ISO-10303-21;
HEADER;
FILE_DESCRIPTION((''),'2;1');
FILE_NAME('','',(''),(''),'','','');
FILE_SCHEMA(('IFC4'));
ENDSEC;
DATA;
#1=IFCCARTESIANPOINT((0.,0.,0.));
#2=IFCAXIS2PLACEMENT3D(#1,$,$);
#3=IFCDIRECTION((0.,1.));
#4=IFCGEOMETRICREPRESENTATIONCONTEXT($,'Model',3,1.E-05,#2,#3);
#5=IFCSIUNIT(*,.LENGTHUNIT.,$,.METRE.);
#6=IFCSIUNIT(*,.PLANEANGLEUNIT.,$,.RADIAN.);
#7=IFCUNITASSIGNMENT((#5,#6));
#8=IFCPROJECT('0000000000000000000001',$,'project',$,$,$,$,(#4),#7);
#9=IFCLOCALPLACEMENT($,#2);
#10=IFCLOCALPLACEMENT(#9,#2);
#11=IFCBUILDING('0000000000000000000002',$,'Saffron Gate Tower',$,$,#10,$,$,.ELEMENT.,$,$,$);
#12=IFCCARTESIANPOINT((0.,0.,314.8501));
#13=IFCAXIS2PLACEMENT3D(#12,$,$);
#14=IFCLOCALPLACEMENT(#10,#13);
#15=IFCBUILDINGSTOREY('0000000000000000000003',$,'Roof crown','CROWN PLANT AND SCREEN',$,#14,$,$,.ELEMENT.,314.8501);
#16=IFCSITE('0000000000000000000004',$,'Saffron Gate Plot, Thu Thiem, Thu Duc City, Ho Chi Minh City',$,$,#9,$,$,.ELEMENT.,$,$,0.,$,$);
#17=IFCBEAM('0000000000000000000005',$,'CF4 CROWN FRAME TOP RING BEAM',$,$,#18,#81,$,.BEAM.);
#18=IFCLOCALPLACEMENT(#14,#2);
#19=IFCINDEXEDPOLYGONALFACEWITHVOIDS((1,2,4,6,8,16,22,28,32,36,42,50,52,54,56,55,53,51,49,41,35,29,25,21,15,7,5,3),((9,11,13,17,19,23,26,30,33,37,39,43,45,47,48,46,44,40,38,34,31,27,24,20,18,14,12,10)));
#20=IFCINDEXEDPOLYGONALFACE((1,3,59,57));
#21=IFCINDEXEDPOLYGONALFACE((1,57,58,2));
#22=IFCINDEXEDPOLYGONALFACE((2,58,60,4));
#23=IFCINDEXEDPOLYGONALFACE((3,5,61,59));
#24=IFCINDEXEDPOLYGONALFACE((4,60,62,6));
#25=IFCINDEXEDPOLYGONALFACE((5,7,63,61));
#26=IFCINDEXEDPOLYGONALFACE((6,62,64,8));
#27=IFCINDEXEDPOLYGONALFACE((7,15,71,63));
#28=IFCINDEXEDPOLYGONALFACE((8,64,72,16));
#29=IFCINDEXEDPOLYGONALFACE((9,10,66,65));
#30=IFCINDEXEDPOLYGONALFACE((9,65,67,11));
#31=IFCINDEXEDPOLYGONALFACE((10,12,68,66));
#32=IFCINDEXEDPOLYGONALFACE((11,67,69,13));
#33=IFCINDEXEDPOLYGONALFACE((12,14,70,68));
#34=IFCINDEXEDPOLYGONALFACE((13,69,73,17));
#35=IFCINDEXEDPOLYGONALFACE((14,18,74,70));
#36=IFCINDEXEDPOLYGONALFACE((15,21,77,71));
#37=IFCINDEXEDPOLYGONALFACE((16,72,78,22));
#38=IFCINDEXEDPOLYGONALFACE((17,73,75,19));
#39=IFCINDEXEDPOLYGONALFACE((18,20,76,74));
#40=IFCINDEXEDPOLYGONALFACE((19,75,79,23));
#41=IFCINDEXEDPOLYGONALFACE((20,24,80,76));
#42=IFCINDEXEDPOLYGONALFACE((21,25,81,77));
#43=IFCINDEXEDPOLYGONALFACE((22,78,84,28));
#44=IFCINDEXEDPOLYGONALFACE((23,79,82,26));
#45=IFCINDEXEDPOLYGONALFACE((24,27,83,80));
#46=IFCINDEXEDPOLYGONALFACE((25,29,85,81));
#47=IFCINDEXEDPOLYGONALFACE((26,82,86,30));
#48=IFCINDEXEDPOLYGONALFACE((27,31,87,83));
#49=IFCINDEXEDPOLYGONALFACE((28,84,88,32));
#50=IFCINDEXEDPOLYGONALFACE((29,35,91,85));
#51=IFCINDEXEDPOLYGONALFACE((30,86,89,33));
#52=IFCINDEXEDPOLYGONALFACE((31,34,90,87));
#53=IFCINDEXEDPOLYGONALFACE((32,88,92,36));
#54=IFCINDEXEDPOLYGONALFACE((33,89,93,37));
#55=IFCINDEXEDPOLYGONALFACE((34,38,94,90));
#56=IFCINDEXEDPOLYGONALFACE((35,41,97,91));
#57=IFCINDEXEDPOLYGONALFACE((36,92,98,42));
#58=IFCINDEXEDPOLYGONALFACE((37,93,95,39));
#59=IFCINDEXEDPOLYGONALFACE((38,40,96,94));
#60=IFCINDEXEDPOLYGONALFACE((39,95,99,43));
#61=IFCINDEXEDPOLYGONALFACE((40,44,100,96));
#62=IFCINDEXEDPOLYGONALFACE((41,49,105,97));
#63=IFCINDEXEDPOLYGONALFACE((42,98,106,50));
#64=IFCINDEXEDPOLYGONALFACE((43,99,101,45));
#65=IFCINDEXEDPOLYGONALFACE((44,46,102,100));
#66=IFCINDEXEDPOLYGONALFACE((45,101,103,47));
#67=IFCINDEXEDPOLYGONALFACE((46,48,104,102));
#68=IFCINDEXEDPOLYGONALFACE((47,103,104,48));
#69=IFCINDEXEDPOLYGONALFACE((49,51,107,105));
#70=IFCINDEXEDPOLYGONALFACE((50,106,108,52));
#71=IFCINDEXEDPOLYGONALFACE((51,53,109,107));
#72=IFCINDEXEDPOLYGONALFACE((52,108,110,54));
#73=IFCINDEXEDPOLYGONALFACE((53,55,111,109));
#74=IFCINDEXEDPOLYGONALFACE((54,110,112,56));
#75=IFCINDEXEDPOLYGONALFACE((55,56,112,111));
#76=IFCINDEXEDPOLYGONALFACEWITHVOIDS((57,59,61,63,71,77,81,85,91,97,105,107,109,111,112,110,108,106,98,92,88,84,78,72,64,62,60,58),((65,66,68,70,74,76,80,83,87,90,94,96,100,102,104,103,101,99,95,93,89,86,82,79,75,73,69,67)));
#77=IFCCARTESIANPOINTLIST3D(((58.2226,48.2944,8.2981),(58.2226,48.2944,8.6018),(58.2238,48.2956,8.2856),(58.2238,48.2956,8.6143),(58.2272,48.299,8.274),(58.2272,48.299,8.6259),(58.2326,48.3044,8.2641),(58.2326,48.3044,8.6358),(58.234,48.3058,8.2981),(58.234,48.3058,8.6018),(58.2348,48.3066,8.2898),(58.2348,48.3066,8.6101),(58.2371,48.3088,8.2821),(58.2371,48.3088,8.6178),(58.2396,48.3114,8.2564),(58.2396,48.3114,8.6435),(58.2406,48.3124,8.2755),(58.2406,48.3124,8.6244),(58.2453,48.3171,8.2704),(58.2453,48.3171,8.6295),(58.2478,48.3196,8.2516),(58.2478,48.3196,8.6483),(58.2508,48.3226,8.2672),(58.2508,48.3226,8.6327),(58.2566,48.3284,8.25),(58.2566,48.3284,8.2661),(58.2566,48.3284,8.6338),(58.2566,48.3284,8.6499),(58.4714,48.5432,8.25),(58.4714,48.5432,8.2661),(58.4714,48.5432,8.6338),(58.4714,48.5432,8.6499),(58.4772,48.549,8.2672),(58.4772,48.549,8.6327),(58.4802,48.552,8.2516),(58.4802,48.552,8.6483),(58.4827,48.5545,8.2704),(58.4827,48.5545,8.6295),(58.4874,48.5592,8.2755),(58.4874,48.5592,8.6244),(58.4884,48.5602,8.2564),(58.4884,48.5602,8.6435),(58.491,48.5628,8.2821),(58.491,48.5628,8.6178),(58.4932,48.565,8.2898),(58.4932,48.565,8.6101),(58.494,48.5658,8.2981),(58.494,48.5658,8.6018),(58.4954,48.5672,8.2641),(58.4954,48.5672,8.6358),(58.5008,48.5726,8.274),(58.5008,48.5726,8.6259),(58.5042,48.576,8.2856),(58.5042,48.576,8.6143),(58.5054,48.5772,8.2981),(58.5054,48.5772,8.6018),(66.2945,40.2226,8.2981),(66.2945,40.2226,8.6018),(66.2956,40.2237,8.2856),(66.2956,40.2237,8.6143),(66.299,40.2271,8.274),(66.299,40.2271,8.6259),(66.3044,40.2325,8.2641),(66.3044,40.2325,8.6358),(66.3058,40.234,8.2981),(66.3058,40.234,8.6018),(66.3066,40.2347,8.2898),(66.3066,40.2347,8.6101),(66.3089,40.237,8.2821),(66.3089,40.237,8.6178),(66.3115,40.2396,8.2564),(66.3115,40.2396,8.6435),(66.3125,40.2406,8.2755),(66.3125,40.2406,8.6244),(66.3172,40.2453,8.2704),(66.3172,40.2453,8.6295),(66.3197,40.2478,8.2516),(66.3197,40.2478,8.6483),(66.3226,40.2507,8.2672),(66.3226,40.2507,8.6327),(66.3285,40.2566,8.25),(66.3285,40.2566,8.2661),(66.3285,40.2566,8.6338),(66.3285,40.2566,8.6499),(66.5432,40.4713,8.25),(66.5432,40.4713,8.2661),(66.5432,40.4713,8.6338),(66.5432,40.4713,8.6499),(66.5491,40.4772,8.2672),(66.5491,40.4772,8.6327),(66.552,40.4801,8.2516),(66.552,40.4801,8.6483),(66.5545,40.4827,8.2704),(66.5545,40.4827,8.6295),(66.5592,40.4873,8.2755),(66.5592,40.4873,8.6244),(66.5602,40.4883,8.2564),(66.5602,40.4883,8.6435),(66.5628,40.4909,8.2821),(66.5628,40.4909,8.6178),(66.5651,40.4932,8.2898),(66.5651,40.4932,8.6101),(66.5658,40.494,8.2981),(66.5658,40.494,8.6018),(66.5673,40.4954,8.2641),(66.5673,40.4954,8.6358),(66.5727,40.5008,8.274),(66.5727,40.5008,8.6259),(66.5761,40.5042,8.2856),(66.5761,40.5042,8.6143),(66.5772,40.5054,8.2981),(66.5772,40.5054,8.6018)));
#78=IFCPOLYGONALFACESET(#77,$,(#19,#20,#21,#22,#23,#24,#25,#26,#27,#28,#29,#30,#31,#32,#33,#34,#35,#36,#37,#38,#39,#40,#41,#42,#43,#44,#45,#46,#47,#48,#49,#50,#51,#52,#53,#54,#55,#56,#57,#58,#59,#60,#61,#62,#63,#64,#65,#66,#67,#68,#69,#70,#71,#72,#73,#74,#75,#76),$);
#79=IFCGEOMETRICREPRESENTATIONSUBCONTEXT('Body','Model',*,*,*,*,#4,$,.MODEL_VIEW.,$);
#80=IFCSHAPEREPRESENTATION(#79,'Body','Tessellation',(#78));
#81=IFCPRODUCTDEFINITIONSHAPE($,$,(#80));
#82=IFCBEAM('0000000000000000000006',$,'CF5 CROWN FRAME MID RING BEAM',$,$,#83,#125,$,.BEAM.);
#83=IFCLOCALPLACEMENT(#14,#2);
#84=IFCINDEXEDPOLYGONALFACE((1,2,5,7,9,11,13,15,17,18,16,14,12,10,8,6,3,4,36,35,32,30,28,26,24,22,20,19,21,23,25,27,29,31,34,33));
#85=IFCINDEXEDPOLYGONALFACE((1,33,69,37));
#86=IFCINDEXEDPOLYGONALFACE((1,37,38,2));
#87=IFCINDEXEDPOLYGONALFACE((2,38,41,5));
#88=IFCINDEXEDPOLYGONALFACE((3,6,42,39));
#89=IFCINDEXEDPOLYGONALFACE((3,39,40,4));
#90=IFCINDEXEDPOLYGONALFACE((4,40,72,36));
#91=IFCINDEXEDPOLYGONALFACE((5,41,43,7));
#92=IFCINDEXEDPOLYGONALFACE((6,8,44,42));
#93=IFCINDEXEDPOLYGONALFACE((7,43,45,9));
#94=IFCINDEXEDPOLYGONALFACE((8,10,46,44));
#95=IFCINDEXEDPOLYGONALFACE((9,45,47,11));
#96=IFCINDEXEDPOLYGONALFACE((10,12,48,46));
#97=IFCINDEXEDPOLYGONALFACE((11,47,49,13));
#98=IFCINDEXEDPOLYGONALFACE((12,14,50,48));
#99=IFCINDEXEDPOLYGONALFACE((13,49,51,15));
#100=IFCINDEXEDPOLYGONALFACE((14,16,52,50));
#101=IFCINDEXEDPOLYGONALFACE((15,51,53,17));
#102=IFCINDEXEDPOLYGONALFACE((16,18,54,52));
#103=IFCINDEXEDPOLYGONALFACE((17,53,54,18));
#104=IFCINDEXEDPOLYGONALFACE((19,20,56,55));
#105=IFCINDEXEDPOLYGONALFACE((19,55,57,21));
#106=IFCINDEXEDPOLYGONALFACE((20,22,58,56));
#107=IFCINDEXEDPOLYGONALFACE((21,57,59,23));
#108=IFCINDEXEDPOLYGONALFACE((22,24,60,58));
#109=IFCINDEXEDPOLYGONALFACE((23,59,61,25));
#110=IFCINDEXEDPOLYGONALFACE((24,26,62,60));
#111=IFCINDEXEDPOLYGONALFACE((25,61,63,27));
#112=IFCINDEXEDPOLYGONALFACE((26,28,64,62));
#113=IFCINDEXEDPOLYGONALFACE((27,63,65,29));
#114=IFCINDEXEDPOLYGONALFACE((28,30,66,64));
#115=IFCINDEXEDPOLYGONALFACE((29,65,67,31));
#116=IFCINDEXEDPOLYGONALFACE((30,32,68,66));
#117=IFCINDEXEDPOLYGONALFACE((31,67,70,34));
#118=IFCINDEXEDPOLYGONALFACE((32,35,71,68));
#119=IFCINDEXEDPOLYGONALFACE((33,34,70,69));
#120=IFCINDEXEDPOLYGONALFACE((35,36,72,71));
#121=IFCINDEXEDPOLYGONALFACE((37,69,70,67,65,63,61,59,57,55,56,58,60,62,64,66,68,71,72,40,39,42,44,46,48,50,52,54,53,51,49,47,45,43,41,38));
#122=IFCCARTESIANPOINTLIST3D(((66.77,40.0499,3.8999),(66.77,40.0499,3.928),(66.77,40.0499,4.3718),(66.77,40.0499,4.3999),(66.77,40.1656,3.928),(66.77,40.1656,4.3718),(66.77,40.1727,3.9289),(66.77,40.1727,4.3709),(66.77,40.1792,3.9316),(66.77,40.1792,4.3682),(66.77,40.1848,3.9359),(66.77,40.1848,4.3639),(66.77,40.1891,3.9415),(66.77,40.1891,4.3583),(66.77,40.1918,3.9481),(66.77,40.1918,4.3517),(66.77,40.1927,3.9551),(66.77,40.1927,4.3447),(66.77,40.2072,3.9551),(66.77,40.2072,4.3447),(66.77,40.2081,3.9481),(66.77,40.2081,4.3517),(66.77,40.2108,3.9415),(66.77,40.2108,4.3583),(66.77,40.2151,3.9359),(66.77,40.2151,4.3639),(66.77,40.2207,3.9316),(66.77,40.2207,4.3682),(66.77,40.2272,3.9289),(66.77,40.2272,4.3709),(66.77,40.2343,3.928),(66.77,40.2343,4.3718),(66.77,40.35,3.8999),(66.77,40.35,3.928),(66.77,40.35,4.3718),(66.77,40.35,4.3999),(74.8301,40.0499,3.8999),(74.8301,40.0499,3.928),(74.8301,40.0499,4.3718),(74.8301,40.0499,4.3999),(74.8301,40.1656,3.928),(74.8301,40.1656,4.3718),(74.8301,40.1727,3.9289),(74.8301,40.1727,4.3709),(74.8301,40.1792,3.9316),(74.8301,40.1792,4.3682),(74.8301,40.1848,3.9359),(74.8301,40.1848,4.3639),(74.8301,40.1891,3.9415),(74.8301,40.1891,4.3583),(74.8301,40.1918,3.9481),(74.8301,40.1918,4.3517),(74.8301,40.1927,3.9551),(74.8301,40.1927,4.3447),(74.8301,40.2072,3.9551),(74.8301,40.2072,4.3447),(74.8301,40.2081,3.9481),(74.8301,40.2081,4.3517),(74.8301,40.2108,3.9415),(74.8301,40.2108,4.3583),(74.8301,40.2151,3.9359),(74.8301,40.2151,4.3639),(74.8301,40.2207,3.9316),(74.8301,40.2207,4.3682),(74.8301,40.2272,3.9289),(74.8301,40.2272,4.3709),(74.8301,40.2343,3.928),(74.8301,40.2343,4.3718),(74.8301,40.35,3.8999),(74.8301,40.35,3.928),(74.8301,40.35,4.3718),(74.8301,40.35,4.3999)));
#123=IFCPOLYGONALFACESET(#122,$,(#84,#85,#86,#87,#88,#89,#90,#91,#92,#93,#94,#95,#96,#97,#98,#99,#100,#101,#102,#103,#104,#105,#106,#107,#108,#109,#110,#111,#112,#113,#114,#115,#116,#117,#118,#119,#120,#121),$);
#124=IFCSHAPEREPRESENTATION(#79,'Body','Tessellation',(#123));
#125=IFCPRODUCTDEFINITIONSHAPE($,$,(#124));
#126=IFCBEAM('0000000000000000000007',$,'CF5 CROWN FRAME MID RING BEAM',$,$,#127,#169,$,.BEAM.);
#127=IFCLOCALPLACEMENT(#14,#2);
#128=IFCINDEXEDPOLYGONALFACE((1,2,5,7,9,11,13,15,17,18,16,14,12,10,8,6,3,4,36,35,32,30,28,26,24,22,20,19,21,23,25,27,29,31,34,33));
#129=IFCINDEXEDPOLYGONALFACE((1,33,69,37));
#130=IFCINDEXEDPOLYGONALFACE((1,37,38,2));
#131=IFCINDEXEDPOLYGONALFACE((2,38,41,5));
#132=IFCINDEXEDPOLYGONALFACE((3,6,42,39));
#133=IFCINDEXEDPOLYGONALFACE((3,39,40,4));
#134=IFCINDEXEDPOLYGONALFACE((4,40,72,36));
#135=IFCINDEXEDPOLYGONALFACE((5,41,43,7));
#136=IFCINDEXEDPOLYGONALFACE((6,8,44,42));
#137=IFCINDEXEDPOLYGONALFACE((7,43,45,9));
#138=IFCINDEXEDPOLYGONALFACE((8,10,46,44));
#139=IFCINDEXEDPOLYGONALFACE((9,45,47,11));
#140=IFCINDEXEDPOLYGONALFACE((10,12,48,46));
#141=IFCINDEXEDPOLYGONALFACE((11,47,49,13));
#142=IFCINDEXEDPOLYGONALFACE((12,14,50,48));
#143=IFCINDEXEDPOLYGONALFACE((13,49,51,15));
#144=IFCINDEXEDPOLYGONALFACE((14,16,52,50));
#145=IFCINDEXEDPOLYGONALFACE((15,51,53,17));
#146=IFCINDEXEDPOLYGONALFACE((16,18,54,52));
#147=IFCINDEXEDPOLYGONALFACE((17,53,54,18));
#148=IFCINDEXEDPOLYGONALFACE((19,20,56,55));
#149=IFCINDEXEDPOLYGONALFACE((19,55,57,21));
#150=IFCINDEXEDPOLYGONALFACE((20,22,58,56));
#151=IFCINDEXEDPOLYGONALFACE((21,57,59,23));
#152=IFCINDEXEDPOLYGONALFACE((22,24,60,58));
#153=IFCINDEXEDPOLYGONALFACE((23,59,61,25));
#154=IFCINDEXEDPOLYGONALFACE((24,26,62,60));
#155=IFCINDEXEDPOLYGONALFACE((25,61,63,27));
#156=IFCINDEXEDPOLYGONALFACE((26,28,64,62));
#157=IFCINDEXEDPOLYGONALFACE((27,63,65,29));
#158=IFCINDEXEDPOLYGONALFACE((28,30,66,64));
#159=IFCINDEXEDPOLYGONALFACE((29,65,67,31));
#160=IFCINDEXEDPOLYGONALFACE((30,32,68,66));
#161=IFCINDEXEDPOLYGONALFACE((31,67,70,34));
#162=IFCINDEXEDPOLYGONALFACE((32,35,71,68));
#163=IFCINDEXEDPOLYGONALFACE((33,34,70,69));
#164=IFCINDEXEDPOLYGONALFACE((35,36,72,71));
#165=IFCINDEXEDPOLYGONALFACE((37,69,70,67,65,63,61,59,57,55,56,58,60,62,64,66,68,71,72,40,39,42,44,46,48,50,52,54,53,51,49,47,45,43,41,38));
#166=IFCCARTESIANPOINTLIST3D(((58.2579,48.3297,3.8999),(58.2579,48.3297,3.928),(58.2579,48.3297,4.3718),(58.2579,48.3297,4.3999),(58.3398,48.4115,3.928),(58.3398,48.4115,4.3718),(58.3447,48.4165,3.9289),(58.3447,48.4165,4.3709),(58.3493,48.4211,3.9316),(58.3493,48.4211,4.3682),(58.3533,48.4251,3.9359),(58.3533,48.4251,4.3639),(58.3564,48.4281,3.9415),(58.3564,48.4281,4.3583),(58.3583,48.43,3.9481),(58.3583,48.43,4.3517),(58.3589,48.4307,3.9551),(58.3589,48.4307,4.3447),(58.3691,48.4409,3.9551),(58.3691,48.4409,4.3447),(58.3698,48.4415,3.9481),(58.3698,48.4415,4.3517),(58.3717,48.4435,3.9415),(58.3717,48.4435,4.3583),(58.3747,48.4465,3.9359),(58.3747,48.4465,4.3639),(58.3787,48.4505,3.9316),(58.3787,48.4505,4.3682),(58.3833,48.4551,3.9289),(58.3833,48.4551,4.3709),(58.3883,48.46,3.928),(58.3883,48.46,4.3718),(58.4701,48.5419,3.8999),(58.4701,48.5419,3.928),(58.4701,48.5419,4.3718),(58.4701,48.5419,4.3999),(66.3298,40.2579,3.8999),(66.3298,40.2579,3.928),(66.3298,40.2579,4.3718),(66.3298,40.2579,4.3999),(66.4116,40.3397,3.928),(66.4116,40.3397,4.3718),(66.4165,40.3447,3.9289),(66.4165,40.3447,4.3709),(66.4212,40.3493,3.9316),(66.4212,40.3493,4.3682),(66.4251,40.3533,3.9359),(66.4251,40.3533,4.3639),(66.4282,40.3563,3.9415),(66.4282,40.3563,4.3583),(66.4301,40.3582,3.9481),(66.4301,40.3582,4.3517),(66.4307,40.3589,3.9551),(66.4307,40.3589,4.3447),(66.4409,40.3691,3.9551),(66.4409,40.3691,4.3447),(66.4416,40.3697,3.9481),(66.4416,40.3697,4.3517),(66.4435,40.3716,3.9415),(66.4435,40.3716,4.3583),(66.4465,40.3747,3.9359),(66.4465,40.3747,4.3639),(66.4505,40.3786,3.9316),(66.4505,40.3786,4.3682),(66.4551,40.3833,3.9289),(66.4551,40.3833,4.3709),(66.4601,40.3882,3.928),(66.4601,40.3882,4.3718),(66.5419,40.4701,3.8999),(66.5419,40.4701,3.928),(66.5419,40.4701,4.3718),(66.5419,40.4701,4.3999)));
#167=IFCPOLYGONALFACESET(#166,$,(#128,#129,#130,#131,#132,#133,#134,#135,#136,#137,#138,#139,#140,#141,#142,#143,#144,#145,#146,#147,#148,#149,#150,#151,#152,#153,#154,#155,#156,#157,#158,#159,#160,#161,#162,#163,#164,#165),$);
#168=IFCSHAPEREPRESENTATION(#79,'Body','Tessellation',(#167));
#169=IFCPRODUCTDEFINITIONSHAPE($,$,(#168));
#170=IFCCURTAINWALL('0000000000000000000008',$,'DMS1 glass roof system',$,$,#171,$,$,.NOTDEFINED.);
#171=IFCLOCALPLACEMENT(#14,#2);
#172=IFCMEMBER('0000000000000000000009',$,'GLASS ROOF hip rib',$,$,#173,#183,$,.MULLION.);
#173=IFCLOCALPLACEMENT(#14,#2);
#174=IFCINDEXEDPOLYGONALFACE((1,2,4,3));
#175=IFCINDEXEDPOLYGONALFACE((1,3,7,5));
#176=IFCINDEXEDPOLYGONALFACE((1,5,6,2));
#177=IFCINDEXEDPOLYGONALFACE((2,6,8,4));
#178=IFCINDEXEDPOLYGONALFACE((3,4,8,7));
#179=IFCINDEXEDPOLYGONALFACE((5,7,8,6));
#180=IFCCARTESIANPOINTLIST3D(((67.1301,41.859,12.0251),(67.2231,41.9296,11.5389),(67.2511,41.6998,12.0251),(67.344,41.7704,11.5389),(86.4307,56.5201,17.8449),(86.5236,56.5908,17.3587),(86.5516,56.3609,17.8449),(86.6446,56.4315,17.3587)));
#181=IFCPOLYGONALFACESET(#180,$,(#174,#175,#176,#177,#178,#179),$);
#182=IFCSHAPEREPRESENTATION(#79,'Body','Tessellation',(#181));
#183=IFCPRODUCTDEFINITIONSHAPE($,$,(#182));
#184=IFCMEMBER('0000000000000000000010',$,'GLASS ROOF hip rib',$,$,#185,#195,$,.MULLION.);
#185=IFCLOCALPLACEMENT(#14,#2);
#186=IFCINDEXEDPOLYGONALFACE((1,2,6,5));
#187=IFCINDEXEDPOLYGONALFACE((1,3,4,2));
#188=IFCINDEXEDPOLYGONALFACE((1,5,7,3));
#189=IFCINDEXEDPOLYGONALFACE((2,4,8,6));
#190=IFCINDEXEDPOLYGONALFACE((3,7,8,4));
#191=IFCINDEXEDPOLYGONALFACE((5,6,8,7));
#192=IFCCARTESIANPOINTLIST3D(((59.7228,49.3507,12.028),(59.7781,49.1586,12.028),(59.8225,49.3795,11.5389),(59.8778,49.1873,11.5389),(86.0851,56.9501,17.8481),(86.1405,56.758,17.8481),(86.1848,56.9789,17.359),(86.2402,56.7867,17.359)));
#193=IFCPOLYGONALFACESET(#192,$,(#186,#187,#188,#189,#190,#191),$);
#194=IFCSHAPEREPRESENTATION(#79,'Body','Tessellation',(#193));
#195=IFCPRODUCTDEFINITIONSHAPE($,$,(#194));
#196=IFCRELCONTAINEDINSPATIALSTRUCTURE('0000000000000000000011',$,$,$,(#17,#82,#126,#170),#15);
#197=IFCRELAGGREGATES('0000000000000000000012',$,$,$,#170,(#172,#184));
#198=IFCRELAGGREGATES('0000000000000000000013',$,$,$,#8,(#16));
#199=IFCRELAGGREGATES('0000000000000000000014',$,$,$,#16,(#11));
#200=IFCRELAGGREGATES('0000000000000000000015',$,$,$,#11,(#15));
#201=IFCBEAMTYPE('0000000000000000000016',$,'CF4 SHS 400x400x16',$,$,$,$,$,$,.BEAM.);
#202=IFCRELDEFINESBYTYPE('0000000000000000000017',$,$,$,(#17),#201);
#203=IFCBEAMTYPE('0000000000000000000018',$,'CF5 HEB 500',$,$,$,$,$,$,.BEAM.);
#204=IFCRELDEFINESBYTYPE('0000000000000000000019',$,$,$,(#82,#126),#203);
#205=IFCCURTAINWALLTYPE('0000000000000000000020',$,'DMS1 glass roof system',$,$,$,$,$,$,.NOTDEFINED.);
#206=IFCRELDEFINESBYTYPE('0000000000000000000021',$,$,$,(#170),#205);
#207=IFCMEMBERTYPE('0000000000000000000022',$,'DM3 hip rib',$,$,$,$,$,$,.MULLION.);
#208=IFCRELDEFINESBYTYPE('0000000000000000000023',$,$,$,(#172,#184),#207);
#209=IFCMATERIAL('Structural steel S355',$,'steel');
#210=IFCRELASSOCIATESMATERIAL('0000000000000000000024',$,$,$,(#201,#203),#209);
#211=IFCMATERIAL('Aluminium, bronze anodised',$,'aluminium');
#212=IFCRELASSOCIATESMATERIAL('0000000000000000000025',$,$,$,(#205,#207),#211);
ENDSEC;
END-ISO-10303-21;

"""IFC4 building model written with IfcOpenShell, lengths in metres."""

from ifc_helpers import new_model, si_unit, direction, frame, origin, origin_2d, place, context, subcontext, project, spatial, rectangle, hollow_rectangle, i_section, extrude, material, material_profile, profile_set, type_object, element, aggregate, save


model = new_model("IFC4")

# Units and contexts
model_context = context("Model", 3, precision=1e-05, world=origin(), true_north=direction((0.0, 1.0)))
body_context = subcontext(model_context, "Body", "Model", "MODEL_VIEW")
ifc_project = project(units=[si_unit("LENGTHUNIT", "METRE"), si_unit("PLANEANGLEUNIT", "RADIAN")], contexts=[model_context])

# Site, building, storey
site_placement = place(None, origin())
site = spatial("IfcSite", under=ifc_project, at=site_placement, Name="Saffron Gate Plot, Thu Thiem, Thu Duc City, Ho Chi Minh City", CompositionType="ELEMENT", RefElevation=0.0)
building_placement = place(site_placement, origin())
building = spatial("IfcBuilding", under=site, at=building_placement, Name="Saffron Gate Tower", CompositionType="ELEMENT")
storey_placement = place(building_placement, frame((0.0, 0.0, 314.8501)))
storey = spatial("IfcBuildingStorey", under=building, at=storey_placement, Name="Roof crown", Description="CROWN PLANT AND SCREEN", CompositionType="ELEMENT", Elevation=314.8501)

# Shared definitions
ifc_material_1 = material(Name="Structural steel S355", Category="steel")

# Beams
ifc_material_profile_1 = material_profile(ifc_material_1, hollow_rectangle(XDim=0.3999, YDim=0.3999, WallThickness=0.0161, InnerFilletRadius=0.032, OuterFilletRadius=0.0481, at=origin_2d()))
ifc_profile_set_1 = profile_set([ifc_material_profile_1], Name="Structural steel S355")
beam_type_1 = type_object("IfcBeamType", Name="CF4 SHS 400x400x16", PredefinedType="BEAM", material=ifc_profile_set_1)
beam_1_placement = place(storey_placement, frame((58.364, 48.4358, 8.45), z_axis=(0.707107, -0.707107, 0.0), x_axis=(0.707107, 0.707107, 0.0)))
element("IfcBeam", 1, at=beam_1_placement, inside=storey, type_object=beam_type_1, Name="CF4 CROWN FRAME TOP RING BEAM", PredefinedType="BEAM", context=body_context, shape_type="SweptSolid", body=[
    extrude(hollow_rectangle(XDim=0.3999, YDim=0.3999, WallThickness=0.0161, InnerFilletRadius=0.032, OuterFilletRadius=0.0481, at=origin_2d()), origin(), (0.0, 0.0, 1.0), 11.4153),
])
ifc_material_profile_2 = material_profile(ifc_material_1, i_section(OverallWidth=0.3, OverallDepth=0.5, WebThickness=0.0144, FlangeThickness=0.0281, FilletRadius=0.0271, at=origin_2d()))
ifc_profile_set_2 = profile_set([ifc_material_profile_2], Name="Structural steel S355")
beam_type_2 = type_object("IfcBeamType", Name="CF5 HEB 500", PredefinedType="BEAM", material=ifc_profile_set_2)
beam_2_placement = place(storey_placement, frame((66.77, 40.2, 4.1499), z_axis=(1.0, 0.0, 0.0), x_axis=(0.0, 1.0, 0.0)))
element("IfcBeam", 2, at=beam_2_placement, inside=storey, type_object=beam_type_2, Name="CF5 CROWN FRAME MID RING BEAM", PredefinedType="BEAM", context=body_context, shape_type="SweptSolid", body=[
    extrude(i_section(OverallWidth=0.3, OverallDepth=0.5, WebThickness=0.0144, FlangeThickness=0.0281, FilletRadius=0.0271, at=origin_2d()), origin(), (0.0, 0.0, 1.0), 8.0601),
])
beam_3_placement = place(storey_placement, frame((58.364, 48.4358, 4.1499), z_axis=(0.707107, -0.707107, 0.0), x_axis=(0.707107, 0.707107, 0.0)))
element("IfcBeam", 3, at=beam_3_placement, inside=storey, type_object=beam_type_2, Name="CF5 CROWN FRAME MID RING BEAM", PredefinedType="BEAM", context=body_context, shape_type="SweptSolid", body=[
    extrude(i_section(OverallWidth=0.3, OverallDepth=0.5, WebThickness=0.0144, FlangeThickness=0.0281, FilletRadius=0.0271, at=origin_2d()), origin(), (0.0, 0.0, 1.0), 11.4153),
])

# Curtain wall, members
ifc_material_2 = material(Name="Aluminium, bronze anodised", Category="aluminium")
curtain_wall_type = type_object("IfcCurtainWallType", Name="DMS1 glass roof system", PredefinedType="NOTDEFINED", material=ifc_material_2)
curtain_wall_placement = place(storey_placement, origin())
curtain_wall = element("IfcCurtainWall", 4, at=curtain_wall_placement, inside=storey, type_object=curtain_wall_type, Name="DMS1 glass roof system", PredefinedType="NOTDEFINED")
ifc_material_profile_3 = material_profile(ifc_material_2, rectangle(XDim=0.2, YDim=0.5, at=origin_2d()))
ifc_profile_set_3 = profile_set([ifc_material_profile_3], Name="Aluminium, bronze anodised")
member_type_1 = type_object("IfcMemberType", Name="DM3 hip rib", PredefinedType="MULLION", material=ifc_profile_set_3)
member_1_placement = place(storey_placement, frame((67.2371, 41.8147, 11.782), z_axis=(0.774298, 0.588175, 0.233479), x_axis=(-0.604893, 0.796307, 0.0)))
member_1 = element("IfcMember", 5, at=member_1_placement, type_object=member_type_1, Name="GLASS ROOF hip rib", PredefinedType="MULLION", context=body_context, shape_type="SweptSolid", body=[
    extrude(rectangle(XDim=0.2, YDim=0.5, at=origin_2d()), origin(), (0.0, 0.0, 1.0), 24.9265),
])
member_2_placement = place(storey_placement, frame((59.8003, 49.269, 11.7834), z_axis=(0.939957, 0.270958, 0.207516), x_axis=(-0.276987, 0.960874, 0.0)))
member_2 = element("IfcMember", 6, at=member_2_placement, type_object=member_type_1, Name="GLASS ROOF hip rib", PredefinedType="MULLION", context=body_context, shape_type="SweptSolid", body=[
    extrude(rectangle(XDim=0.2, YDim=0.5, at=origin_2d()), origin(), (0.0, 0.0, 1.0), 28.0464),
])
aggregate(curtain_wall, [member_1, member_2])

save(model, "model.ifc")
